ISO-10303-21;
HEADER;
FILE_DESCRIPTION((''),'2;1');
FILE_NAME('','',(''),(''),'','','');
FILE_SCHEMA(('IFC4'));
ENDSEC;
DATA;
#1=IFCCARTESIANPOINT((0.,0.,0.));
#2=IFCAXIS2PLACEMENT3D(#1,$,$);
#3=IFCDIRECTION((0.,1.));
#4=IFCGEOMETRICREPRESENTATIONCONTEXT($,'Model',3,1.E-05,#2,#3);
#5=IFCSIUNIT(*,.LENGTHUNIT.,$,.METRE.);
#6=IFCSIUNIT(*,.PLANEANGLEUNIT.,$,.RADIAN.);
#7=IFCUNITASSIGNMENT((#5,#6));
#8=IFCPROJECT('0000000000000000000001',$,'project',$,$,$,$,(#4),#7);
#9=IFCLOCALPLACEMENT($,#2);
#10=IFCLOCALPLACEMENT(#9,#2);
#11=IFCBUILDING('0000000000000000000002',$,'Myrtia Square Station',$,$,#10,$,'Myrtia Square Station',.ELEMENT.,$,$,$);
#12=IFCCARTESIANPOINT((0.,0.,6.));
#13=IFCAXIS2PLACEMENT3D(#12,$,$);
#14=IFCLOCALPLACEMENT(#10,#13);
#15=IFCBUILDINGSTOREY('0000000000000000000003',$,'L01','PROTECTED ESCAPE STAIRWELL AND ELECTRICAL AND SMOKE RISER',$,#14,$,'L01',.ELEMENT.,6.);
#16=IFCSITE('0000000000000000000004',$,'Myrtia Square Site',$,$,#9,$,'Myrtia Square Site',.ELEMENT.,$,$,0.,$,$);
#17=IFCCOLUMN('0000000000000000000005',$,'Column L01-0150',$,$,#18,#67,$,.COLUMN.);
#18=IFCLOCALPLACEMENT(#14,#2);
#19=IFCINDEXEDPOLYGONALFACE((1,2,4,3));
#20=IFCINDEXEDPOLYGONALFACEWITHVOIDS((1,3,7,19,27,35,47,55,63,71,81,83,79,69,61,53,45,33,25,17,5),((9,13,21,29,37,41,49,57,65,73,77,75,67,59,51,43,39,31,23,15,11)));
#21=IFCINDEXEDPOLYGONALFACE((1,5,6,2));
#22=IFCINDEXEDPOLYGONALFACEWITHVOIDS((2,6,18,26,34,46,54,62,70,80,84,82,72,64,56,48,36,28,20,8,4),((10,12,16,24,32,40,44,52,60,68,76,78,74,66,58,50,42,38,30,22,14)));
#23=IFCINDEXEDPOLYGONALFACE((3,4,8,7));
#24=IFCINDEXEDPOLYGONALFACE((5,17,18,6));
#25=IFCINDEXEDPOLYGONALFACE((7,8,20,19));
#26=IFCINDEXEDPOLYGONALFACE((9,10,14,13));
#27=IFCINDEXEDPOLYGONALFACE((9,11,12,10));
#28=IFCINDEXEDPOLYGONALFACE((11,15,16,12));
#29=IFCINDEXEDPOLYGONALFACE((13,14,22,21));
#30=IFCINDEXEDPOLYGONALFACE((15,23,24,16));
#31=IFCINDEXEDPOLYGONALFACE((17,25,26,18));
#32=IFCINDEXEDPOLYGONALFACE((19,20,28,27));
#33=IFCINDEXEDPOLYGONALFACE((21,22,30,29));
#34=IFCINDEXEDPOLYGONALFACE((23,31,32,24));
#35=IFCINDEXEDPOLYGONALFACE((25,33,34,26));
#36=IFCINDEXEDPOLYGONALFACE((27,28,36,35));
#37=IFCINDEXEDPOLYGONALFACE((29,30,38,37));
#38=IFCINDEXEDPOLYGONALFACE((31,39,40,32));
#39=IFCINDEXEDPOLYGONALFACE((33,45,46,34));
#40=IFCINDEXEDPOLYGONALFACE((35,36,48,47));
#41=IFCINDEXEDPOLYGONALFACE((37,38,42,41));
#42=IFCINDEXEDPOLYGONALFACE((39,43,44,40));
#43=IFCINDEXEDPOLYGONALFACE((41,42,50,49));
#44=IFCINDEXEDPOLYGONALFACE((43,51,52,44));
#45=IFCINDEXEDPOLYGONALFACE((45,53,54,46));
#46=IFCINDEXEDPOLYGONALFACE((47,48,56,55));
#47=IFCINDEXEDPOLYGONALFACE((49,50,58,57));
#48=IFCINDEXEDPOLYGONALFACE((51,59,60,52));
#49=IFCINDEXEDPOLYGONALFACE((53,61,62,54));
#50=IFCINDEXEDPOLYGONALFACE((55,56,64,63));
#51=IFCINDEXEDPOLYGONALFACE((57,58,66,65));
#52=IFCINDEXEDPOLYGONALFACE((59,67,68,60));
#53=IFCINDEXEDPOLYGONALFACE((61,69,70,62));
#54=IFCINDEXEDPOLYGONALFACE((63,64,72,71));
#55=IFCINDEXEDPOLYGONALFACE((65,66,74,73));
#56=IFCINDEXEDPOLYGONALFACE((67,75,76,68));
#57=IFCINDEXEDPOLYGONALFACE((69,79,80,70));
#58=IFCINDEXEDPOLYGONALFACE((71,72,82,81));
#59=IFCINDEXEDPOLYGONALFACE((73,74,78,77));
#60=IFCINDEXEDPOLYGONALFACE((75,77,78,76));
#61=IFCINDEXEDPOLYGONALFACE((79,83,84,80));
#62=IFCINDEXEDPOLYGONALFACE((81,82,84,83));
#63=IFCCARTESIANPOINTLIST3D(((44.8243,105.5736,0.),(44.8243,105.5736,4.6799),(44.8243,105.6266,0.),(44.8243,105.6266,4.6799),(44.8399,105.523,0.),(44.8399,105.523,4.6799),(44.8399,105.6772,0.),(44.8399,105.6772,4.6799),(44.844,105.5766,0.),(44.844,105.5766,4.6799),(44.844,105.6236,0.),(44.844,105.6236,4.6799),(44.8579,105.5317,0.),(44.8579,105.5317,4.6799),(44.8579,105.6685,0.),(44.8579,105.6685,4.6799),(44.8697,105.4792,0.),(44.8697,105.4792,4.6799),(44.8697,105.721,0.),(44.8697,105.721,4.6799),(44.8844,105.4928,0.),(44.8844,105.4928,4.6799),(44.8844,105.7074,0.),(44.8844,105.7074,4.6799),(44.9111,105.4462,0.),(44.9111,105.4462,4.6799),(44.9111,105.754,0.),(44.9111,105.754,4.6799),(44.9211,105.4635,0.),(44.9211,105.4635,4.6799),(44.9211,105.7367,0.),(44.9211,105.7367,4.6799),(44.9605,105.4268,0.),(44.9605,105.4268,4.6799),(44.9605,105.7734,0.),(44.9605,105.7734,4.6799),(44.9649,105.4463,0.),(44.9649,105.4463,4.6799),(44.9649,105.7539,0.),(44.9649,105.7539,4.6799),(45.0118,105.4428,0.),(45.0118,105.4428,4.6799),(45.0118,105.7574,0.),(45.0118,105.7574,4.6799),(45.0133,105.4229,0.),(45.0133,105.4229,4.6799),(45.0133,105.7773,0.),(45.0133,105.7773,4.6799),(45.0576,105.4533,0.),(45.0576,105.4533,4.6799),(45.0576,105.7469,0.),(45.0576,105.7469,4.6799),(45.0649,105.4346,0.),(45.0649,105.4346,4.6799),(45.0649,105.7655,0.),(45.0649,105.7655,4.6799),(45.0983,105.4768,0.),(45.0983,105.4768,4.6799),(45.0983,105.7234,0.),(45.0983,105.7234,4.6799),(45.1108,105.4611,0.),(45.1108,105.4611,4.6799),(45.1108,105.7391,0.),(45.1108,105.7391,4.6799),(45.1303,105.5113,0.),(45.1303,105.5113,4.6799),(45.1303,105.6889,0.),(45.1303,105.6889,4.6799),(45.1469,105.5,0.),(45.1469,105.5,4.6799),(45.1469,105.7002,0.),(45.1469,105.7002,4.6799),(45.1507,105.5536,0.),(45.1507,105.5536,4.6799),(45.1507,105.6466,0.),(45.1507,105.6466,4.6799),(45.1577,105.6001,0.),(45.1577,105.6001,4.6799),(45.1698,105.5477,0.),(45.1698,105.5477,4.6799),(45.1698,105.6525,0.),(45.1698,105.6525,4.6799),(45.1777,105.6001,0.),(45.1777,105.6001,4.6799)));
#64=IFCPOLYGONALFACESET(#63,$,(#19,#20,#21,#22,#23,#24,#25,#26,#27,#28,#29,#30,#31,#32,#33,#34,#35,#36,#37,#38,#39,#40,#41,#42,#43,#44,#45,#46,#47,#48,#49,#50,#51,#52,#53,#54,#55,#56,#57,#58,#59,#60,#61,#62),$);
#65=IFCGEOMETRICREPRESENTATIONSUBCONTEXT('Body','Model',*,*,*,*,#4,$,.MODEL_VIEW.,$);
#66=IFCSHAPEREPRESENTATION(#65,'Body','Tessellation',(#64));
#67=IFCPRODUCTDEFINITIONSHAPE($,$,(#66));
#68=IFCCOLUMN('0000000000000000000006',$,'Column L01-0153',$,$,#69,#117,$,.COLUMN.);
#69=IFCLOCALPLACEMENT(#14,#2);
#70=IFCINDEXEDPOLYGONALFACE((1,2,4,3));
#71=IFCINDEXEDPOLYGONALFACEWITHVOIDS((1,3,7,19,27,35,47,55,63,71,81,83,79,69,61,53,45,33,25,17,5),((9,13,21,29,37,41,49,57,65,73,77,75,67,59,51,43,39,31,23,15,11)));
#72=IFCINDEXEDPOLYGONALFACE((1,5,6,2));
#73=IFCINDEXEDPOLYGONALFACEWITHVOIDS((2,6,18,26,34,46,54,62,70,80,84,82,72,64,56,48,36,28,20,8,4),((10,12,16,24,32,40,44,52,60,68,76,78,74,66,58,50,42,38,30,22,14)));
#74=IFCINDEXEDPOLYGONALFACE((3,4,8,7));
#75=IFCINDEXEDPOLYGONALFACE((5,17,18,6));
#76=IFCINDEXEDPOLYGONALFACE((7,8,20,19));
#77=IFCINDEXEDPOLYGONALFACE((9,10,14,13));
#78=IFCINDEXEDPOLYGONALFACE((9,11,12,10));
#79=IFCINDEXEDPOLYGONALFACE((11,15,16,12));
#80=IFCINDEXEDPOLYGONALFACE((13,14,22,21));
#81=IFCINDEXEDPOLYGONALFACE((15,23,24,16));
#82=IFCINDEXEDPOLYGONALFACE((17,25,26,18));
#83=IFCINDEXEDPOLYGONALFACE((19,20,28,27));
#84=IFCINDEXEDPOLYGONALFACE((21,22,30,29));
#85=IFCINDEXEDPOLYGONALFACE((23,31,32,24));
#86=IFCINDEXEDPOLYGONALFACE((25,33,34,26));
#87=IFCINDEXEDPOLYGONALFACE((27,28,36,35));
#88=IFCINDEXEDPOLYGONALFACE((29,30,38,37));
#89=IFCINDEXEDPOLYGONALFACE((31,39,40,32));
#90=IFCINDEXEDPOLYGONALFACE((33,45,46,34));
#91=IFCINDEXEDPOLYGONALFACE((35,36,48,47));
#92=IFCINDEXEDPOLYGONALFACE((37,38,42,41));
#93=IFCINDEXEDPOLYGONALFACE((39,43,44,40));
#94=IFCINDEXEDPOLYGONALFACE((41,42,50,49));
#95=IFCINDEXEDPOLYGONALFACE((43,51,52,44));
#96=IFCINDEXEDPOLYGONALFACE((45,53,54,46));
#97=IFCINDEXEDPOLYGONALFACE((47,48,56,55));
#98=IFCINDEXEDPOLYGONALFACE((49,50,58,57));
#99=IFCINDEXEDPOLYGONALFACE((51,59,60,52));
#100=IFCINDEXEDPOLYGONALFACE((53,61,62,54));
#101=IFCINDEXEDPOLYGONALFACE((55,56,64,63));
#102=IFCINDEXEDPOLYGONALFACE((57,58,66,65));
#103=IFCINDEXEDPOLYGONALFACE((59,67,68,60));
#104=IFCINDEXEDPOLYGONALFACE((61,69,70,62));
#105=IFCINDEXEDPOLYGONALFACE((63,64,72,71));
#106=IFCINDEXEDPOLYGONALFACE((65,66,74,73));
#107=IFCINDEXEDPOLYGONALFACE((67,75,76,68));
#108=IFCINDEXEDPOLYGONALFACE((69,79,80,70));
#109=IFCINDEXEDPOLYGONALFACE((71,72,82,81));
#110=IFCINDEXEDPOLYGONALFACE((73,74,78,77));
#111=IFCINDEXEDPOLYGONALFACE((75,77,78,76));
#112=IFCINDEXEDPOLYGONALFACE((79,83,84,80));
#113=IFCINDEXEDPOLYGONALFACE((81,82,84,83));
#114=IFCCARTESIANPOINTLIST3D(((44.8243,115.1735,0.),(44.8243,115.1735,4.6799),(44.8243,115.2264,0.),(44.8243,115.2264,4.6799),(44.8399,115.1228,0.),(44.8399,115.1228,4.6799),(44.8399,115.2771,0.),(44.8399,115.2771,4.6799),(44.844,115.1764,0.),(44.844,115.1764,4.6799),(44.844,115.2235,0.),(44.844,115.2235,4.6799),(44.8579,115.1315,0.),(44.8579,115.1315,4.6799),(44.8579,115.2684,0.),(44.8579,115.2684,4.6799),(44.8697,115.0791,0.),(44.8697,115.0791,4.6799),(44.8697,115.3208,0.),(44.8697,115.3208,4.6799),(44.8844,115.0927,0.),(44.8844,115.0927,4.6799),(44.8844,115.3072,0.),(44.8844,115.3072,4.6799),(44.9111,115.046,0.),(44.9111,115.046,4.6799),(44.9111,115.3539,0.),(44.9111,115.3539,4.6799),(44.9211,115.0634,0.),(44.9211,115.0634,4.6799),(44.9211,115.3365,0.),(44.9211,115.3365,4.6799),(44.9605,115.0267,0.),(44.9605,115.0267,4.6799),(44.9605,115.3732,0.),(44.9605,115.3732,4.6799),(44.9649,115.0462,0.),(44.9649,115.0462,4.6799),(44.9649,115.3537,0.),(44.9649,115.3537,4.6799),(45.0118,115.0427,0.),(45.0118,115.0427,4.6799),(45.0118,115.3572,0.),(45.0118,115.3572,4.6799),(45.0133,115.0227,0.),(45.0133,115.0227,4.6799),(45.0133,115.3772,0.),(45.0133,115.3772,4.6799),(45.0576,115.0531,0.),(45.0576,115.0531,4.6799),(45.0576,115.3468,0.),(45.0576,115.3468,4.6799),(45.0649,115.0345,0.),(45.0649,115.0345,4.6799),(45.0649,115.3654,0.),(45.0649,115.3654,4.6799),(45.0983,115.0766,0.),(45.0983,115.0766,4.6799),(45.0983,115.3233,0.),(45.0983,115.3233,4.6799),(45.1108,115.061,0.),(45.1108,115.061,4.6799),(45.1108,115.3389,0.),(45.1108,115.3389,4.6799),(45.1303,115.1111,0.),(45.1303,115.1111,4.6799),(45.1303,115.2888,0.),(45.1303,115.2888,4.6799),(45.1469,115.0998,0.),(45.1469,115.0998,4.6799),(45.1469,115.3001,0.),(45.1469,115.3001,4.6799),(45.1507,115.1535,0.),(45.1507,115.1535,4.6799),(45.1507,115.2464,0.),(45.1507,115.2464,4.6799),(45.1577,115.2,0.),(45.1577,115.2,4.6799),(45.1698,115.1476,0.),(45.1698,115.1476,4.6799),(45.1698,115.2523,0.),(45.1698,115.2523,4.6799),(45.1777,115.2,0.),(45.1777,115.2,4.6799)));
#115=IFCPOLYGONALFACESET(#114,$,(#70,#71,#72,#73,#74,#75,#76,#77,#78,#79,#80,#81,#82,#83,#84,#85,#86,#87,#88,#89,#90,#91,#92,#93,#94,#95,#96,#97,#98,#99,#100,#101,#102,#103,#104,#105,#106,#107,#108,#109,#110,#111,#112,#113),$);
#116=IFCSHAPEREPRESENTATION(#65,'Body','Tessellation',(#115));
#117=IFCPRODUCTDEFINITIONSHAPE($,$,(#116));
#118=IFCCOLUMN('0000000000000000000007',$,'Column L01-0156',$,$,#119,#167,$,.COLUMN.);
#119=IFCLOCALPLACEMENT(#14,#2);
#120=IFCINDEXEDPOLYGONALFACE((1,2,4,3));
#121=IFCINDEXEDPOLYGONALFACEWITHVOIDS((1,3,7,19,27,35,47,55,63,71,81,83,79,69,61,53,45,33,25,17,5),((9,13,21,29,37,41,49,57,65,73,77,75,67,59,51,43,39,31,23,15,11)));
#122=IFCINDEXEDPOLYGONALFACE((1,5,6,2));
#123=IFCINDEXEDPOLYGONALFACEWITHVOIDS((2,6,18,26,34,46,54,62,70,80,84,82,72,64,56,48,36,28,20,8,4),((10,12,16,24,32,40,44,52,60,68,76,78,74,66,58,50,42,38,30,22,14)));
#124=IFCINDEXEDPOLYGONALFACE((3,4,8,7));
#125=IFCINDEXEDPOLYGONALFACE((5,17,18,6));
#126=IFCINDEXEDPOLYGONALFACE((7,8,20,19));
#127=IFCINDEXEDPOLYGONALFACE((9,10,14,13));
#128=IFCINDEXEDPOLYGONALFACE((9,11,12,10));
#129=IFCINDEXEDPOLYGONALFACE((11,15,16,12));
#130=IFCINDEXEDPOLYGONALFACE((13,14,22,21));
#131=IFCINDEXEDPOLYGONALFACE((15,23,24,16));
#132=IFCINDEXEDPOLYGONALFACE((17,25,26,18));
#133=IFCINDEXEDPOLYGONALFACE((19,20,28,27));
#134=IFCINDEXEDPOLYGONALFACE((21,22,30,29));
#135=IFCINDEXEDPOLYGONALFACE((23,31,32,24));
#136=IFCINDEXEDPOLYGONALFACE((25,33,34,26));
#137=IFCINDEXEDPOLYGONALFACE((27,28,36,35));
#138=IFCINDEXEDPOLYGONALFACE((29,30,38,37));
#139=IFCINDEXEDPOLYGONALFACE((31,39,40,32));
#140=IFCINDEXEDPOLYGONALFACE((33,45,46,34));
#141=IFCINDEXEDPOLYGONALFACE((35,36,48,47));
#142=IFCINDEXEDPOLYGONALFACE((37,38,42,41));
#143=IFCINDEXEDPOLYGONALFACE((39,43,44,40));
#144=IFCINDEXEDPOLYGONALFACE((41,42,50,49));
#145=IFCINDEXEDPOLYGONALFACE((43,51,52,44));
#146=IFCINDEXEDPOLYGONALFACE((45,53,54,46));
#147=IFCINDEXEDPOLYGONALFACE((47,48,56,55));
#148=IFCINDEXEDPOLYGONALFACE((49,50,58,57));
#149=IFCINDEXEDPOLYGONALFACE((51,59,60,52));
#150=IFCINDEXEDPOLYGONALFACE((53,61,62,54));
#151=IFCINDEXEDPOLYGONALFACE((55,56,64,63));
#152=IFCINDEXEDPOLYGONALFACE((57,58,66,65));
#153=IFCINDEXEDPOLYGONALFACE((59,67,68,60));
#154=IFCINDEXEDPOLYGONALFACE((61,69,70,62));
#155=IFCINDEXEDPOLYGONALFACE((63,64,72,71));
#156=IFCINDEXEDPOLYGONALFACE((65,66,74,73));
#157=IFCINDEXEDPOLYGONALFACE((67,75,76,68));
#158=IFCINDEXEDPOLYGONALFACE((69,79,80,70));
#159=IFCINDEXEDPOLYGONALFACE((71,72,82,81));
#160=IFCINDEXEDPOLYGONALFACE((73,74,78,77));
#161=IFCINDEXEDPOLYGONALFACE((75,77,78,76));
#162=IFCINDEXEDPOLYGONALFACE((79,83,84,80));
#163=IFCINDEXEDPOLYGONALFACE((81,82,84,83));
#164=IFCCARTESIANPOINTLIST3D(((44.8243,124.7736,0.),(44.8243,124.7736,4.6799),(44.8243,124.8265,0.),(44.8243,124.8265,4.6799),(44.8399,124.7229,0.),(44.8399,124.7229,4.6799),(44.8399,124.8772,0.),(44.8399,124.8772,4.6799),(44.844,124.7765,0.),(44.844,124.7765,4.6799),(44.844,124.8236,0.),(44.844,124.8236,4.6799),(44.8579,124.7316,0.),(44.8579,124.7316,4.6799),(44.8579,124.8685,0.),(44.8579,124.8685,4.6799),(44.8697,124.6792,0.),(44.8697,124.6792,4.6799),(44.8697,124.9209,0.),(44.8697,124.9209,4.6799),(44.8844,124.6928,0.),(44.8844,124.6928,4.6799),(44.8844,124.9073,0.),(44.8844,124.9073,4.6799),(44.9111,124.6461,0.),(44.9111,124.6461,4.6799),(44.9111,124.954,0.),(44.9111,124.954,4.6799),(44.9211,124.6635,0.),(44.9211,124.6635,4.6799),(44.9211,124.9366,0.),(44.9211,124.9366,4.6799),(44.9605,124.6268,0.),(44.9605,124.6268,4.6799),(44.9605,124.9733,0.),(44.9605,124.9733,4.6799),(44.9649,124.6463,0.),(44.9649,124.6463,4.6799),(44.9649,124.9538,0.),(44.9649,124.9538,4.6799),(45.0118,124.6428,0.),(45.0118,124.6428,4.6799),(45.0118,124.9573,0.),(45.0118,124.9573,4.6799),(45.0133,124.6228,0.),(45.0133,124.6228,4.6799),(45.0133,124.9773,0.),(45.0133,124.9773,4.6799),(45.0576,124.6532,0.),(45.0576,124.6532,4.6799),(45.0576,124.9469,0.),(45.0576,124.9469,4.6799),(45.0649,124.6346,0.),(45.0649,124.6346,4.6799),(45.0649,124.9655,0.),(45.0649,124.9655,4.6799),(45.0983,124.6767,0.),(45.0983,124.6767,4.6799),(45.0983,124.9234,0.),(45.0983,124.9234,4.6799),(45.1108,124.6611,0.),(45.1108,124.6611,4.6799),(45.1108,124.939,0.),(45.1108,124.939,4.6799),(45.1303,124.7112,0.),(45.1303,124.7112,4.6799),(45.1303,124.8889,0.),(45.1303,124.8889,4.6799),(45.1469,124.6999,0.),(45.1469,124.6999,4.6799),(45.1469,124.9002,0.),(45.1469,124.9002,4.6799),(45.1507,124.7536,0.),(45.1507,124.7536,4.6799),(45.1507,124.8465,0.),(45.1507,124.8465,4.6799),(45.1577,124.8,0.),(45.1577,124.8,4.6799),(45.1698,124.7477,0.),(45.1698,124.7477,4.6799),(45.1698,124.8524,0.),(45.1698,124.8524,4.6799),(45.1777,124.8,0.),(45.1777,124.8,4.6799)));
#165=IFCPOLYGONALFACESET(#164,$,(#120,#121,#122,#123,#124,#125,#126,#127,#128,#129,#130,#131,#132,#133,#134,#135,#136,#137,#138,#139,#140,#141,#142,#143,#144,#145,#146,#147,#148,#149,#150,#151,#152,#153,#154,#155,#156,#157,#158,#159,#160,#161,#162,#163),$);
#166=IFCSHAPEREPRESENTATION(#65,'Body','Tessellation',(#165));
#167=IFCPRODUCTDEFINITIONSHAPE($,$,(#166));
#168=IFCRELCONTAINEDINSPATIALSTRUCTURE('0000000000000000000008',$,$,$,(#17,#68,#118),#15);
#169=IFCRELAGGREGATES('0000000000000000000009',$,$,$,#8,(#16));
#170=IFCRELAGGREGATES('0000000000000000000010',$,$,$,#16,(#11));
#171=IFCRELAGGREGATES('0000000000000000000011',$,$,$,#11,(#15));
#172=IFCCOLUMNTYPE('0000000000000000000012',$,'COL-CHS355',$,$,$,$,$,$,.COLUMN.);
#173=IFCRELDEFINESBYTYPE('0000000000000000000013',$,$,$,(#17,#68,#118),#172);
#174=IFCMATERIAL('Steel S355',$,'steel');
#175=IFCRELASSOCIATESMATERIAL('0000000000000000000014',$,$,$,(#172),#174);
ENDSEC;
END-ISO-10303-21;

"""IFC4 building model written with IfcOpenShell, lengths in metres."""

from ifc_helpers import new_model, si_unit, direction, frame, origin, origin_2d, place, context, subcontext, project, spatial, hollow_circle, extrude, material, material_profile, profile_set, type_object, element, save


model = new_model("IFC4")

# Units and contexts
model_context = context("Model", 3, precision=1e-05, world=origin(), true_north=direction((0.0, 1.0)))
body_context = subcontext(model_context, "Body", "Model", "MODEL_VIEW")
ifc_project = project(units=[si_unit("LENGTHUNIT", "METRE"), si_unit("PLANEANGLEUNIT", "RADIAN")], contexts=[model_context])

# Site, building, storey
site_placement = place(None, origin())
site = spatial("IfcSite", under=ifc_project, at=site_placement, Name="Myrtia Square Site", LongName="Myrtia Square Site", CompositionType="ELEMENT", RefElevation=0.0)
building_placement = place(site_placement, origin())
building = spatial("IfcBuilding", under=site, at=building_placement, Name="Myrtia Square Station", LongName="Myrtia Square Station", CompositionType="ELEMENT")
storey_placement = place(building_placement, frame((0.0, 0.0, 6.0)))
storey = spatial("IfcBuildingStorey", under=building, at=storey_placement, Name="L01", Description="PROTECTED ESCAPE STAIRWELL AND ELECTRICAL AND SMOKE RISER", LongName="L01", CompositionType="ELEMENT", Elevation=6.0)

# Columns
ifc_material_1 = material(Name="Steel S355", Category="steel")
ifc_material_profile_1 = material_profile(ifc_material_1, hollow_circle(Radius=0.1777, WallThickness=0.02, at=origin_2d()), Name="CHS 355.6x20")
ifc_profile_set_1 = profile_set([ifc_material_profile_1], Name="Steel S355")
column_type = type_object("IfcColumnType", Name="COL-CHS355", PredefinedType="COLUMN", material=ifc_profile_set_1)
for number, where, z_axis, x_axis, name in (
    (1, (45.0, 105.6001, 0.0), (0.0, 0.0, 1.0), (1.0, 0.0, 0.0), "Column L01-0150"),
    (2, (45.0, 115.2, 0.0), (0.0, 0.0, 1.0), (1.0, 0.0, 0.0), "Column L01-0153"),
    (3, (45.0, 124.8, 0.0), (0.0, 0.0, 1.0), (1.0, 0.0, 0.0), "Column L01-0156"),
):
    element("IfcColumn", number, at=place(storey_placement, frame(where, z_axis=z_axis, x_axis=x_axis)), inside=storey, type_object=column_type, Name=name, PredefinedType="COLUMN", context=body_context, shape_type="SweptSolid", body=[
        extrude(hollow_circle(Radius=0.1777, WallThickness=0.02, at=origin_2d()), origin(), (0.0, 0.0, 1.0), 4.6799),
    ])

save(model, "model.ifc")
